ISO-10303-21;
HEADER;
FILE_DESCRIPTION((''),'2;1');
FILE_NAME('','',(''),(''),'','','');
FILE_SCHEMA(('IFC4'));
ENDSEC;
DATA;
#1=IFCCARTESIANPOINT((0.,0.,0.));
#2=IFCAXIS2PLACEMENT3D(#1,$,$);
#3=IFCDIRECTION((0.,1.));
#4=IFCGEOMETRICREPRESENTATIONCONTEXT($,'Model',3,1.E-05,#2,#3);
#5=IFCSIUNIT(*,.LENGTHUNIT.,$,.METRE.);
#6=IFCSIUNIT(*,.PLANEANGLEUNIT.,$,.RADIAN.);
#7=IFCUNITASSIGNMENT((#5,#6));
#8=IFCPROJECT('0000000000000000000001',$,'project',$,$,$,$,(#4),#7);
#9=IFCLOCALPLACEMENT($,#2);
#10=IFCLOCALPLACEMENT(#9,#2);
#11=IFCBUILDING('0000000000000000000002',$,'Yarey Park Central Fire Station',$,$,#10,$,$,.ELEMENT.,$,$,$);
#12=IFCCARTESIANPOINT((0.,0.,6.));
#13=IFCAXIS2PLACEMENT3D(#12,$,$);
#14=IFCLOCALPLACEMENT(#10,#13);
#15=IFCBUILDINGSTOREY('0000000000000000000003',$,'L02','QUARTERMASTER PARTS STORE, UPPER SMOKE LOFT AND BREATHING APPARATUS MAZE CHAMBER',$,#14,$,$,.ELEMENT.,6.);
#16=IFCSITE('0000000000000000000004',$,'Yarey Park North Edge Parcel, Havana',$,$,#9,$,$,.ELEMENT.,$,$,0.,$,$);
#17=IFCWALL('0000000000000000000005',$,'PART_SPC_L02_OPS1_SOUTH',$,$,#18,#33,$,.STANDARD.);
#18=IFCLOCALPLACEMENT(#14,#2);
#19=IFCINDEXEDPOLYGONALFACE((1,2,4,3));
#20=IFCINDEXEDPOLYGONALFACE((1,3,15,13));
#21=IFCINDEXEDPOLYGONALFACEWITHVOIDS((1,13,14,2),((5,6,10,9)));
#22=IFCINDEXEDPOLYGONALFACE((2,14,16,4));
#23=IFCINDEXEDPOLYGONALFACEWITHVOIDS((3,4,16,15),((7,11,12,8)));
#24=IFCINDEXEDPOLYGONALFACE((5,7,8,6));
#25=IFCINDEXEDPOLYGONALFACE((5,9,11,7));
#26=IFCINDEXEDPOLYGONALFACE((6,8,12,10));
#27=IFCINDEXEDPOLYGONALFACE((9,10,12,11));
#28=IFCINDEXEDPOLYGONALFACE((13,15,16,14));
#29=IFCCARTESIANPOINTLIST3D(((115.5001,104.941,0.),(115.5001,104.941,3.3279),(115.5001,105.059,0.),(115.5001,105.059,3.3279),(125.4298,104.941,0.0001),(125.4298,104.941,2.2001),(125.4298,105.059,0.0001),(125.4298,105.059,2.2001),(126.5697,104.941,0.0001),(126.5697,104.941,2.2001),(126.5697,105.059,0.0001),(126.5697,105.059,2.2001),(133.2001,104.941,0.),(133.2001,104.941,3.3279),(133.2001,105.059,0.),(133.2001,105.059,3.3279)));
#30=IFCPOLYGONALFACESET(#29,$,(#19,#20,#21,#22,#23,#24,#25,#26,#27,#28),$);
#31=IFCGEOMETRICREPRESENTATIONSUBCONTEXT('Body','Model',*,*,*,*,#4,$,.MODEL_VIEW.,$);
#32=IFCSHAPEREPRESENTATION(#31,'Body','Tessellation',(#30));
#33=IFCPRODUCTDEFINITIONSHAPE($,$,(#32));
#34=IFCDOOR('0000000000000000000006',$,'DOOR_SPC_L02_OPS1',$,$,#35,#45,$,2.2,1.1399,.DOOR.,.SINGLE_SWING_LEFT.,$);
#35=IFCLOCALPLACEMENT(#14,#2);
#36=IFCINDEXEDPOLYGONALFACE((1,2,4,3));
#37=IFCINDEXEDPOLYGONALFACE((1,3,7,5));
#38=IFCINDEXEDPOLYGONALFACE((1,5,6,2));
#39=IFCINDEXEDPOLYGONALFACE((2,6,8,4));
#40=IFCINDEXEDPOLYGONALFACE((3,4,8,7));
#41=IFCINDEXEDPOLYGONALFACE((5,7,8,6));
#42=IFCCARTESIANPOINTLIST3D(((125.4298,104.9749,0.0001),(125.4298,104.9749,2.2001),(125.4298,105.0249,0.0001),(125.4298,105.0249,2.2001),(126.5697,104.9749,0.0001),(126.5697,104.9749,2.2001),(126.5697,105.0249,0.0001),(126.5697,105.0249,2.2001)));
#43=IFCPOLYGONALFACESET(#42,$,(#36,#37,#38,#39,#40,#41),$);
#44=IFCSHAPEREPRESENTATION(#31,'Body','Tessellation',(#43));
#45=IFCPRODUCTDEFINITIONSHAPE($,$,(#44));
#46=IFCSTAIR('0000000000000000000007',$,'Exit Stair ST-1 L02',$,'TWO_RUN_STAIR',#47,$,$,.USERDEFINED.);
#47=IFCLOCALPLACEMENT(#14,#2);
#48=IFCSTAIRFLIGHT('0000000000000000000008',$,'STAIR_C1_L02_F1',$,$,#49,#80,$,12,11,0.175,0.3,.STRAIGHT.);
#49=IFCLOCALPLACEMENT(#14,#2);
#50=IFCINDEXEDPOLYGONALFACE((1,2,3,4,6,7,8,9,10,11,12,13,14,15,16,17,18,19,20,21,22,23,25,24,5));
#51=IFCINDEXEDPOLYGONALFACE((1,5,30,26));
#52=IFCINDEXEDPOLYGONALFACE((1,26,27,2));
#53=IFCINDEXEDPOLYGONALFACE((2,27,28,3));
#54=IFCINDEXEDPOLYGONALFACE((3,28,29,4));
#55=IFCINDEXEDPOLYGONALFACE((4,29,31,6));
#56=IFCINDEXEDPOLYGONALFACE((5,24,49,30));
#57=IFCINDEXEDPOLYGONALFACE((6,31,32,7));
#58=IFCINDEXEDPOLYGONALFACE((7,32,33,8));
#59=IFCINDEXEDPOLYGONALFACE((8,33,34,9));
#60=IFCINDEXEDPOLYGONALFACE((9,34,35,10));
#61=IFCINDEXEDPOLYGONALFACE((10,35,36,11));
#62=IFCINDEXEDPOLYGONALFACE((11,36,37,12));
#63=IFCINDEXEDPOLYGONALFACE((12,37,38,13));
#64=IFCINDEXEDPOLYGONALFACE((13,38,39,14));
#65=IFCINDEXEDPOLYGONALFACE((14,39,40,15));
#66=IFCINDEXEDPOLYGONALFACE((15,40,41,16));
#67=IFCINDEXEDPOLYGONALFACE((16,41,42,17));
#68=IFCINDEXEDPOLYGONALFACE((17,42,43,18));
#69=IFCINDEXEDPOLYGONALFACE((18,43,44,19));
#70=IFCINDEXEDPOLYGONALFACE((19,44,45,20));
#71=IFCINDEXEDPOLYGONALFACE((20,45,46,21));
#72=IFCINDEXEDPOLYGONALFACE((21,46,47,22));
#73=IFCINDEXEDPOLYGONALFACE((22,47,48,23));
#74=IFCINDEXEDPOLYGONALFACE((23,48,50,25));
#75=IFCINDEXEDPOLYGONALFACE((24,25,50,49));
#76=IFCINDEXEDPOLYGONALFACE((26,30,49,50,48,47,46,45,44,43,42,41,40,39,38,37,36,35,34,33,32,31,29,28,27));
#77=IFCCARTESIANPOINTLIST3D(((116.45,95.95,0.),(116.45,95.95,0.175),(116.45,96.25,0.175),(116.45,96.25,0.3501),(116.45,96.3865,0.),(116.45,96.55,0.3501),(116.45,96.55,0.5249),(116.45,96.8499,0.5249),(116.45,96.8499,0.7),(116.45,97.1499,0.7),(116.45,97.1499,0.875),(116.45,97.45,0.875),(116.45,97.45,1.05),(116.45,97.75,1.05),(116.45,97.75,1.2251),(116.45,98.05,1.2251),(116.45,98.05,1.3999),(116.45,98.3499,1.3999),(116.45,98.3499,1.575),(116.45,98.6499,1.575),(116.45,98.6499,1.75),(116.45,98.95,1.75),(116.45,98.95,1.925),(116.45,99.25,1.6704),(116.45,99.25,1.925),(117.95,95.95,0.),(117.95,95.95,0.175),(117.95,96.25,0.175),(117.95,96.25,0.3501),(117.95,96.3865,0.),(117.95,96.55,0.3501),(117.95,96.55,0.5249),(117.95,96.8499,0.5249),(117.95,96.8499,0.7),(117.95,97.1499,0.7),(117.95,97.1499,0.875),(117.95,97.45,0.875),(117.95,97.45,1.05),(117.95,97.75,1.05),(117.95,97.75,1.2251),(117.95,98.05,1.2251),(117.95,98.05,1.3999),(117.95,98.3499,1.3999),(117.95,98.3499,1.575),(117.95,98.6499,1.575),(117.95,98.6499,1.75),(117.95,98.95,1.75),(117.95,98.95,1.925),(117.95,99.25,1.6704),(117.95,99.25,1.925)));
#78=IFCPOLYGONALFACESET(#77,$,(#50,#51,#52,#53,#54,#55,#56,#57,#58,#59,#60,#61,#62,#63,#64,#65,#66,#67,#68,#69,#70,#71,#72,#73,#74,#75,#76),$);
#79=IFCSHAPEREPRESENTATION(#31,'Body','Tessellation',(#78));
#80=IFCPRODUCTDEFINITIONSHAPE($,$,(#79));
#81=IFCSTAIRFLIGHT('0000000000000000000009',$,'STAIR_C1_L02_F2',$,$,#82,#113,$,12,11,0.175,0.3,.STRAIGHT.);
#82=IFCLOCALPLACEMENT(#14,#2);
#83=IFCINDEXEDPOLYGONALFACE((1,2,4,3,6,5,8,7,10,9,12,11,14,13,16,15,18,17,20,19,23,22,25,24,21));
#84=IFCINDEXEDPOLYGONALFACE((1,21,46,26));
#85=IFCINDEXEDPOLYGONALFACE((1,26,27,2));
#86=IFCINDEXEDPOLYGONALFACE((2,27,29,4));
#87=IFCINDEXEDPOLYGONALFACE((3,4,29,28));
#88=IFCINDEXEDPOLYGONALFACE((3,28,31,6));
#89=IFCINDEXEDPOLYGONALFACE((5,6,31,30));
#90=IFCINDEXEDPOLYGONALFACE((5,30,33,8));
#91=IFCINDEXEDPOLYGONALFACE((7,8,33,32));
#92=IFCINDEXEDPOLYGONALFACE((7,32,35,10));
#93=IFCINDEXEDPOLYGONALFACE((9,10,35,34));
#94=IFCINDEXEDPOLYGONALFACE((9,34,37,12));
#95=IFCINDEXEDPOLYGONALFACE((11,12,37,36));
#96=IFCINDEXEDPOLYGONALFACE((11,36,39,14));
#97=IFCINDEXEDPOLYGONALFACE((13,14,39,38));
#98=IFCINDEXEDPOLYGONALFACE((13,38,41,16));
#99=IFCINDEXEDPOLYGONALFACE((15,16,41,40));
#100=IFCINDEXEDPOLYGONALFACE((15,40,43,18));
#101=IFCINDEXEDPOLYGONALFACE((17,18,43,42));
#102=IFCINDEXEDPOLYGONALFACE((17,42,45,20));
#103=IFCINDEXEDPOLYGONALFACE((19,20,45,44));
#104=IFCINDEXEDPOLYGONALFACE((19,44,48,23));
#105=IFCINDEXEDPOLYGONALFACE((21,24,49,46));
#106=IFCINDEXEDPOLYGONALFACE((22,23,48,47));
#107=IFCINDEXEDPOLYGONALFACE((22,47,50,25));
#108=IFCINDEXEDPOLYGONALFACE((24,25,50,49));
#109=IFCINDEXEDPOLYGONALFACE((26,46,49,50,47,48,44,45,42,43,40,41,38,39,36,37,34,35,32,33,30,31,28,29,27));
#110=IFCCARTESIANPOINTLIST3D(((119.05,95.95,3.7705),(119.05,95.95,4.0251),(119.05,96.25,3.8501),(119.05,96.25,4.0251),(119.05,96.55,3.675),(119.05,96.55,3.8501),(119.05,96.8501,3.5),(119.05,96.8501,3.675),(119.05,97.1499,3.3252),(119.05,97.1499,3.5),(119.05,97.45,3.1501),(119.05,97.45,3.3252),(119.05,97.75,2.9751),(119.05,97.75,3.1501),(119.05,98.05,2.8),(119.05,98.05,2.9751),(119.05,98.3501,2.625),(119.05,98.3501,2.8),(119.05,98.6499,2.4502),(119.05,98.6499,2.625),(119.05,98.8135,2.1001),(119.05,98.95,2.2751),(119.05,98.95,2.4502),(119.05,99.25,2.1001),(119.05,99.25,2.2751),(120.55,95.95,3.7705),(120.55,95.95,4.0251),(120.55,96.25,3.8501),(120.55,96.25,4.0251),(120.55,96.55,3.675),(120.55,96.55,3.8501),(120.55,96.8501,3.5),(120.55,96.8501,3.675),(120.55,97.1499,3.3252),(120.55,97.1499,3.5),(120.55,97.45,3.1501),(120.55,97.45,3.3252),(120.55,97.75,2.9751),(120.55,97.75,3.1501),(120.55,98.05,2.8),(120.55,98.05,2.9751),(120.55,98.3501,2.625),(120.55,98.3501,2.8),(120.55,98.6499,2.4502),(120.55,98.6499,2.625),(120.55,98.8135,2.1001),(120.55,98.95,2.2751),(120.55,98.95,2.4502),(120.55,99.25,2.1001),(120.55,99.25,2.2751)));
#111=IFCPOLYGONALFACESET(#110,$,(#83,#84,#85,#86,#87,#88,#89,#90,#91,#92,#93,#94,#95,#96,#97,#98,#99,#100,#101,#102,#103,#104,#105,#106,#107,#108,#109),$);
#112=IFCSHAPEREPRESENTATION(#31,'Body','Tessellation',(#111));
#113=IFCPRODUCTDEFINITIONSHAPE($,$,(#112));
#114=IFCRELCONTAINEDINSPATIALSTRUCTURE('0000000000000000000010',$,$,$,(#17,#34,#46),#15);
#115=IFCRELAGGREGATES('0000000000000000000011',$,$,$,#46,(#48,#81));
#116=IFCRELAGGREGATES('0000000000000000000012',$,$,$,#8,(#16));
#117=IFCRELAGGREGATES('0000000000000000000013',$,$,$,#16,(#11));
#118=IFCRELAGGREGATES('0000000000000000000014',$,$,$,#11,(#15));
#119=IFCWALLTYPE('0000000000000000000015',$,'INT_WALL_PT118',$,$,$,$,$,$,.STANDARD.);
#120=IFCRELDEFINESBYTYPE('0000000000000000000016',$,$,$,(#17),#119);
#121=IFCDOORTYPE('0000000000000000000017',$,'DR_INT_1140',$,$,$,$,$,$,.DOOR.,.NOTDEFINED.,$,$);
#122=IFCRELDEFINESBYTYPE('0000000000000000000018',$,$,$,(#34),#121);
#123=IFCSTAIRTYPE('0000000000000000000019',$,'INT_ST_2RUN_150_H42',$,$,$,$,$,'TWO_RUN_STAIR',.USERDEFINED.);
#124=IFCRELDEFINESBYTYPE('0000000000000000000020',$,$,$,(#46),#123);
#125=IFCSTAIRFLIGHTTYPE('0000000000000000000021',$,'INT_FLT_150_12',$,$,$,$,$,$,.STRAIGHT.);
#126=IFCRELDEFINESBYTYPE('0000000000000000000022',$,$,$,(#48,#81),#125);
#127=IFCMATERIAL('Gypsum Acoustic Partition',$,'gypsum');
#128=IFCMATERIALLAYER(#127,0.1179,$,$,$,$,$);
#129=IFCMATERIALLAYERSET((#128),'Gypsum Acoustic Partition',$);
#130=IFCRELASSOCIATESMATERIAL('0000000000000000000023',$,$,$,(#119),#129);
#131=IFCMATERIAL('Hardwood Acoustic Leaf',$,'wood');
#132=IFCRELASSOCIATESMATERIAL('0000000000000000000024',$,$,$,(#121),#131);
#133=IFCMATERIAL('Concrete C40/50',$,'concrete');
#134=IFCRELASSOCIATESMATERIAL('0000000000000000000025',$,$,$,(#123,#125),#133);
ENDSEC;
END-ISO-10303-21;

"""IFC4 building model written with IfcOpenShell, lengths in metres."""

from ifc_helpers import new_model, si_unit, direction, frame, frame_2d, origin, place, context, subcontext, project, spatial, polyline, rectangle, outline, extrude, material, layer, layer_set, type_object, element, fill, aggregate, save


model = new_model("IFC4")

# Units and contexts
model_context = context("Model", 3, precision=1e-05, world=origin(), true_north=direction((0.0, 1.0)))
body_context = subcontext(model_context, "Body", "Model", "MODEL_VIEW")
ifc_project = project(units=[si_unit("LENGTHUNIT", "METRE"), si_unit("PLANEANGLEUNIT", "RADIAN")], contexts=[model_context])

# Site, building, storey
site_placement = place(None, origin())
site = spatial("IfcSite", under=ifc_project, at=site_placement, Name="Yarey Park North Edge Parcel, Havana", CompositionType="ELEMENT", RefElevation=0.0)
building_placement = place(site_placement, origin())
building = spatial("IfcBuilding", under=site, at=building_placement, Name="Yarey Park Central Fire Station", CompositionType="ELEMENT")
storey_placement = place(building_placement, frame((0.0, 0.0, 6.0)))
storey = spatial("IfcBuildingStorey", under=building, at=storey_placement, Name="L02", Description="QUARTERMASTER PARTS STORE, UPPER SMOKE LOFT AND BREATHING APPARATUS MAZE CHAMBER", CompositionType="ELEMENT", Elevation=6.0)

# Shared definitions
ifc_material_1 = material(Name="Concrete C40/50", Category="concrete")

# Wall, opening, door
ifc_material_2 = material(Name="Gypsum Acoustic Partition", Category="gypsum")
ifc_layer_1 = layer(ifc_material_2, 0.1179)
ifc_layer_set_1 = layer_set([ifc_layer_1], Name="Gypsum Acoustic Partition")
wall_type_1 = type_object("IfcWallType", Name="INT_WALL_PT118", PredefinedType="STANDARD", material=ifc_layer_set_1)
wall_1_placement = place(storey_placement, frame((115.5, 105.0, 0.0), z_axis=(0.0, 0.0, 1.0), x_axis=(1.0, 0.0, 0.0)))
wall_1 = element("IfcWall", 1, at=wall_1_placement, inside=storey, type_object=wall_type_1, Name="PART_SPC_L02_OPS1_SOUTH", PredefinedType="STANDARD", context=body_context, shape_type="SweptSolid", body=[
    extrude(rectangle(XDim=17.7, YDim=0.1179, at=frame_2d((8.8501, 0.0))), origin(), (0.0, 0.0, 1.0), 3.3279),
])
opening_placement = place(wall_1_placement, frame((9.9299, 0.0, 0.0)))
opening = element("IfcOpeningElement", 2, at=opening_placement, cuts=wall_1, PredefinedType="OPENING", context=body_context, shape_type="SweptSolid", body=[
    extrude(rectangle(XDim=1.1399, YDim=2.2, at=frame_2d((0.5698, 1.1001))), frame((0.0, 0.0688, 0.0), z_axis=(0.0, -1.0, 0.0), x_axis=(1.0, 0.0, 0.0)), (0.0, 0.0, 1.0), 0.1379),
])
ifc_material_3 = material(Name="Hardwood Acoustic Leaf", Category="wood")
door_type = type_object("IfcDoorType", Name="DR_INT_1140", OperationType="NOTDEFINED", PredefinedType="DOOR", material=ifc_material_3)
door_placement = place(opening_placement, origin())
door = element("IfcDoor", 3, at=door_placement, inside=storey, type_object=door_type, Name="DOOR_SPC_L02_OPS1", OperationType="SINGLE_SWING_LEFT", OverallHeight=2.2, OverallWidth=1.1399, PredefinedType="DOOR", context=body_context, shape_type="SweptSolid", body=[
    extrude(rectangle(XDim=1.1399, YDim=2.2, at=frame_2d((0.5698, 1.1001))), frame((0.0, 0.0249, 0.0), z_axis=(0.0, -1.0, 0.0), x_axis=(1.0, 0.0, 0.0)), (0.0, 0.0, 1.0), 0.05),
])
fill(opening, door)

# Stair, stair flights
stair_type = type_object("IfcStairType", Name="INT_ST_2RUN_150_H42", ElementType="TWO_RUN_STAIR", PredefinedType="USERDEFINED", material=ifc_material_1)
stair_placement = place(storey_placement, origin())
stair = element("IfcStair", 4, at=stair_placement, inside=storey, type_object=stair_type, Name="Exit Stair ST-1 L02", ObjectType="TWO_RUN_STAIR", PredefinedType="USERDEFINED")
stair_flight_type = type_object("IfcStairFlightType", Name="INT_FLT_150_12", PredefinedType="STRAIGHT", material=ifc_material_1)
stair_flight_1_placement = place(storey_placement, frame((117.2, 95.95, 0.0), z_axis=(0.0, 0.0, 1.0), x_axis=(0.0, 1.0, 0.0)))
stair_flight_1 = element("IfcStairFlight", 5, at=stair_flight_1_placement, type_object=stair_flight_type, Name="STAIR_C1_L02_F1", NumberOfRisers=12, NumberOfTreads=11, PredefinedType="STRAIGHT", RiserHeight=0.175, TreadLength=0.3, context=body_context, shape_type="SweptSolid", body=[
    extrude(outline(polyline([(0.0, 0.0), (0.0, 0.175), (0.3, 0.175), (0.3, 0.3501), (0.6001, 0.3501), (0.6001, 0.5249), (0.8999, 0.5249), (0.8999, 0.7), (1.2, 0.7), (1.2, 0.875), (1.5, 0.875), (1.5, 1.05), (1.8, 1.05), (1.8, 1.2251), (2.1001, 1.2251), (2.1001, 1.3999), (2.3999, 1.3999), (2.3999, 1.575), (2.7, 1.575), (2.7, 1.75), (3.0, 1.75), (3.0, 1.925), (3.3, 1.925), (3.3, 2.1001), (3.3, 1.6704), (0.4365, 0.0), (0.0, 0.0)])), frame((0.0, 0.75, 0.0), z_axis=(0.0, -1.0, 0.0), x_axis=(1.0, 0.0, 0.0)), (0.0, 0.0, 1.0), 1.5),
])
stair_flight_2_placement = place(storey_placement, frame((119.8, 99.25, 2.1001), z_axis=(0.0, 0.0, 1.0), x_axis=(0.0, -1.0, 0.0)))
stair_flight_2 = element("IfcStairFlight", 6, at=stair_flight_2_placement, type_object=stair_flight_type, Name="STAIR_C1_L02_F2", NumberOfRisers=12, NumberOfTreads=11, PredefinedType="STRAIGHT", RiserHeight=0.175, TreadLength=0.3, context=body_context, shape_type="SweptSolid", body=[
    extrude(outline(polyline([(0.0, 0.0), (0.0, 0.175), (0.3, 0.175), (0.3, 0.3501), (0.6001, 0.3501), (0.6001, 0.5249), (0.8999, 0.5249), (0.8999, 0.7), (1.2, 0.7), (1.2, 0.875), (1.5, 0.875), (1.5, 1.05), (1.8, 1.05), (1.8, 1.2251), (2.1001, 1.2251), (2.1001, 1.3999), (2.3999, 1.3999), (2.3999, 1.575), (2.7, 1.575), (2.7, 1.75), (3.0, 1.75), (3.0, 1.925), (3.3, 1.925), (3.3, 2.1001), (3.3, 1.6704), (0.4365, 0.0), (0.0, 0.0)])), frame((0.0, 0.75, 0.0), z_axis=(0.0, -1.0, 0.0), x_axis=(1.0, 0.0, 0.0)), (0.0, 0.0, 1.0), 1.5),
])
aggregate(stair, [stair_flight_1, stair_flight_2])

save(model, "model.ifc")
